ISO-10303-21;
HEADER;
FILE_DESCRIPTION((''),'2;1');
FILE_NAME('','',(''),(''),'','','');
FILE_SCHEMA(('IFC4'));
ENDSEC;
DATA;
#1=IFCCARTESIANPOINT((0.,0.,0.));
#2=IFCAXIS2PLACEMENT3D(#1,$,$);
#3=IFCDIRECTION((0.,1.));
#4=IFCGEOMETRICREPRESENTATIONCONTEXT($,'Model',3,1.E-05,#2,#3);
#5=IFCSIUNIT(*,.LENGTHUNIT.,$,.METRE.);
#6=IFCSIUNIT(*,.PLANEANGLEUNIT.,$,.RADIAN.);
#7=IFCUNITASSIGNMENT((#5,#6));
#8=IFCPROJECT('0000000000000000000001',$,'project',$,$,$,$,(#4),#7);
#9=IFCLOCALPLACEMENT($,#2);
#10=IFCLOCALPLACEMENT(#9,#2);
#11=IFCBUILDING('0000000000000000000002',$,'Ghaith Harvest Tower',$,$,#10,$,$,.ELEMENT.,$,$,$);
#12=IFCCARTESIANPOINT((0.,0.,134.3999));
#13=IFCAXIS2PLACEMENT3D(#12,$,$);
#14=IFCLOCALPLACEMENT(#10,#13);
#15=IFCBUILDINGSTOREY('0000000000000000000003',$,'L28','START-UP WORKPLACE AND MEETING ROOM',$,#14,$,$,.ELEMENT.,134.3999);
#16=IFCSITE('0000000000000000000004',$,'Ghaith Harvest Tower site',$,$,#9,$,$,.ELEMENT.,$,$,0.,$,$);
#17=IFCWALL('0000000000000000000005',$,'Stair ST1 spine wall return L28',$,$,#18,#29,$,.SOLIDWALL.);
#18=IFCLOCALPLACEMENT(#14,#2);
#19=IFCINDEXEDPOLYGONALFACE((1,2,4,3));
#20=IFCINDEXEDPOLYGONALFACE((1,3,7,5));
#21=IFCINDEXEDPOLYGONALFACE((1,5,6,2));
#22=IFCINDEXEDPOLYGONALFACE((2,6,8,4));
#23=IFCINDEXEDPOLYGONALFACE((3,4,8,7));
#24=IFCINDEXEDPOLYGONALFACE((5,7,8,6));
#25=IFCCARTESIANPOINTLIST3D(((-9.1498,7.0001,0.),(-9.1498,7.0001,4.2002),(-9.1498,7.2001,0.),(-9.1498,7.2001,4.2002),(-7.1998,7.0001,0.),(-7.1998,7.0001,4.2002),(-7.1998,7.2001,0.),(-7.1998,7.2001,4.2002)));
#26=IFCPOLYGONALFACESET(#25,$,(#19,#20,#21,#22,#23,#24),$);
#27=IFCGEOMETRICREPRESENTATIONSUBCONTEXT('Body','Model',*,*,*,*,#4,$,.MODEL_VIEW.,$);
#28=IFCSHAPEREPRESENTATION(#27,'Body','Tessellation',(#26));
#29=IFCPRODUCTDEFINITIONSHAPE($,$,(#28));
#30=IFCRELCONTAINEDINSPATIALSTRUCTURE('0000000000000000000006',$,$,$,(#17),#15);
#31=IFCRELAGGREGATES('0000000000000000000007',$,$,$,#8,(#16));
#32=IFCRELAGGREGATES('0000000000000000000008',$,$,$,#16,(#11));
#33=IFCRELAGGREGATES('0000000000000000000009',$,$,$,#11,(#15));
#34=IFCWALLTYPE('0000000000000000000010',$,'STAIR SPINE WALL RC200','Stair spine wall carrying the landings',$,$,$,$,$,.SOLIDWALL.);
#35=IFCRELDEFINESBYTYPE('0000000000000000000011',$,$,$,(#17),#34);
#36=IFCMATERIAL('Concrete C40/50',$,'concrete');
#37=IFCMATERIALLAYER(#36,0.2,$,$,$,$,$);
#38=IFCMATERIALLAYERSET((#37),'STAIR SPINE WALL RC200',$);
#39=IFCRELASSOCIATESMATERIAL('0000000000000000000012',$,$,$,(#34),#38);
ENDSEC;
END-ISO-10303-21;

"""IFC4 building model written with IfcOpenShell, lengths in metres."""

from ifc_helpers import new_model, si_unit, direction, frame, frame_2d, origin, place, context, subcontext, project, spatial, rectangle, extrude, material, layer, layer_set, type_object, element, save


model = new_model("IFC4")

# Units and contexts
model_context = context("Model", 3, precision=1e-05, world=origin(), true_north=direction((0.0, 1.0)))
body_context = subcontext(model_context, "Body", "Model", "MODEL_VIEW")
ifc_project = project(units=[si_unit("LENGTHUNIT", "METRE"), si_unit("PLANEANGLEUNIT", "RADIAN")], contexts=[model_context])

# Site, building, storey
site_placement = place(None, origin())
site = spatial("IfcSite", under=ifc_project, at=site_placement, Name="Ghaith Harvest Tower site", CompositionType="ELEMENT", RefElevation=0.0)
building_placement = place(site_placement, origin())
building = spatial("IfcBuilding", under=site, at=building_placement, Name="Ghaith Harvest Tower", CompositionType="ELEMENT")
storey_placement = place(building_placement, frame((0.0, 0.0, 134.3999)))
storey = spatial("IfcBuildingStorey", under=building, at=storey_placement, Name="L28", Description="START-UP WORKPLACE AND MEETING ROOM", CompositionType="ELEMENT", Elevation=134.3999)

# Wall
ifc_material_1 = material(Name="Concrete C40/50", Category="concrete")
ifc_layer_1 = layer(ifc_material_1, 0.2)
ifc_layer_set_1 = layer_set([ifc_layer_1], Name="STAIR SPINE WALL RC200")
wall_type_1 = type_object("IfcWallType", Name="STAIR SPINE WALL RC200", Description="Stair spine wall carrying the landings", PredefinedType="SOLIDWALL", material=ifc_layer_set_1)
wall_1_placement = place(storey_placement, frame((-9.1499, 7.1001, 0.0), z_axis=(0.0, 0.0, 1.0), x_axis=(1.0, 0.0, 0.0)))
element("IfcWall", 1, at=wall_1_placement, inside=storey, type_object=wall_type_1, Name="Stair ST1 spine wall return L28", PredefinedType="SOLIDWALL", context=body_context, shape_type="SweptSolid", body=[
    extrude(rectangle(XDim=1.95, YDim=0.2, at=frame_2d((0.9751, 0.0))), origin(), (0.0, 0.0, 1.0), 4.2002),
])

save(model, "model.ifc")
